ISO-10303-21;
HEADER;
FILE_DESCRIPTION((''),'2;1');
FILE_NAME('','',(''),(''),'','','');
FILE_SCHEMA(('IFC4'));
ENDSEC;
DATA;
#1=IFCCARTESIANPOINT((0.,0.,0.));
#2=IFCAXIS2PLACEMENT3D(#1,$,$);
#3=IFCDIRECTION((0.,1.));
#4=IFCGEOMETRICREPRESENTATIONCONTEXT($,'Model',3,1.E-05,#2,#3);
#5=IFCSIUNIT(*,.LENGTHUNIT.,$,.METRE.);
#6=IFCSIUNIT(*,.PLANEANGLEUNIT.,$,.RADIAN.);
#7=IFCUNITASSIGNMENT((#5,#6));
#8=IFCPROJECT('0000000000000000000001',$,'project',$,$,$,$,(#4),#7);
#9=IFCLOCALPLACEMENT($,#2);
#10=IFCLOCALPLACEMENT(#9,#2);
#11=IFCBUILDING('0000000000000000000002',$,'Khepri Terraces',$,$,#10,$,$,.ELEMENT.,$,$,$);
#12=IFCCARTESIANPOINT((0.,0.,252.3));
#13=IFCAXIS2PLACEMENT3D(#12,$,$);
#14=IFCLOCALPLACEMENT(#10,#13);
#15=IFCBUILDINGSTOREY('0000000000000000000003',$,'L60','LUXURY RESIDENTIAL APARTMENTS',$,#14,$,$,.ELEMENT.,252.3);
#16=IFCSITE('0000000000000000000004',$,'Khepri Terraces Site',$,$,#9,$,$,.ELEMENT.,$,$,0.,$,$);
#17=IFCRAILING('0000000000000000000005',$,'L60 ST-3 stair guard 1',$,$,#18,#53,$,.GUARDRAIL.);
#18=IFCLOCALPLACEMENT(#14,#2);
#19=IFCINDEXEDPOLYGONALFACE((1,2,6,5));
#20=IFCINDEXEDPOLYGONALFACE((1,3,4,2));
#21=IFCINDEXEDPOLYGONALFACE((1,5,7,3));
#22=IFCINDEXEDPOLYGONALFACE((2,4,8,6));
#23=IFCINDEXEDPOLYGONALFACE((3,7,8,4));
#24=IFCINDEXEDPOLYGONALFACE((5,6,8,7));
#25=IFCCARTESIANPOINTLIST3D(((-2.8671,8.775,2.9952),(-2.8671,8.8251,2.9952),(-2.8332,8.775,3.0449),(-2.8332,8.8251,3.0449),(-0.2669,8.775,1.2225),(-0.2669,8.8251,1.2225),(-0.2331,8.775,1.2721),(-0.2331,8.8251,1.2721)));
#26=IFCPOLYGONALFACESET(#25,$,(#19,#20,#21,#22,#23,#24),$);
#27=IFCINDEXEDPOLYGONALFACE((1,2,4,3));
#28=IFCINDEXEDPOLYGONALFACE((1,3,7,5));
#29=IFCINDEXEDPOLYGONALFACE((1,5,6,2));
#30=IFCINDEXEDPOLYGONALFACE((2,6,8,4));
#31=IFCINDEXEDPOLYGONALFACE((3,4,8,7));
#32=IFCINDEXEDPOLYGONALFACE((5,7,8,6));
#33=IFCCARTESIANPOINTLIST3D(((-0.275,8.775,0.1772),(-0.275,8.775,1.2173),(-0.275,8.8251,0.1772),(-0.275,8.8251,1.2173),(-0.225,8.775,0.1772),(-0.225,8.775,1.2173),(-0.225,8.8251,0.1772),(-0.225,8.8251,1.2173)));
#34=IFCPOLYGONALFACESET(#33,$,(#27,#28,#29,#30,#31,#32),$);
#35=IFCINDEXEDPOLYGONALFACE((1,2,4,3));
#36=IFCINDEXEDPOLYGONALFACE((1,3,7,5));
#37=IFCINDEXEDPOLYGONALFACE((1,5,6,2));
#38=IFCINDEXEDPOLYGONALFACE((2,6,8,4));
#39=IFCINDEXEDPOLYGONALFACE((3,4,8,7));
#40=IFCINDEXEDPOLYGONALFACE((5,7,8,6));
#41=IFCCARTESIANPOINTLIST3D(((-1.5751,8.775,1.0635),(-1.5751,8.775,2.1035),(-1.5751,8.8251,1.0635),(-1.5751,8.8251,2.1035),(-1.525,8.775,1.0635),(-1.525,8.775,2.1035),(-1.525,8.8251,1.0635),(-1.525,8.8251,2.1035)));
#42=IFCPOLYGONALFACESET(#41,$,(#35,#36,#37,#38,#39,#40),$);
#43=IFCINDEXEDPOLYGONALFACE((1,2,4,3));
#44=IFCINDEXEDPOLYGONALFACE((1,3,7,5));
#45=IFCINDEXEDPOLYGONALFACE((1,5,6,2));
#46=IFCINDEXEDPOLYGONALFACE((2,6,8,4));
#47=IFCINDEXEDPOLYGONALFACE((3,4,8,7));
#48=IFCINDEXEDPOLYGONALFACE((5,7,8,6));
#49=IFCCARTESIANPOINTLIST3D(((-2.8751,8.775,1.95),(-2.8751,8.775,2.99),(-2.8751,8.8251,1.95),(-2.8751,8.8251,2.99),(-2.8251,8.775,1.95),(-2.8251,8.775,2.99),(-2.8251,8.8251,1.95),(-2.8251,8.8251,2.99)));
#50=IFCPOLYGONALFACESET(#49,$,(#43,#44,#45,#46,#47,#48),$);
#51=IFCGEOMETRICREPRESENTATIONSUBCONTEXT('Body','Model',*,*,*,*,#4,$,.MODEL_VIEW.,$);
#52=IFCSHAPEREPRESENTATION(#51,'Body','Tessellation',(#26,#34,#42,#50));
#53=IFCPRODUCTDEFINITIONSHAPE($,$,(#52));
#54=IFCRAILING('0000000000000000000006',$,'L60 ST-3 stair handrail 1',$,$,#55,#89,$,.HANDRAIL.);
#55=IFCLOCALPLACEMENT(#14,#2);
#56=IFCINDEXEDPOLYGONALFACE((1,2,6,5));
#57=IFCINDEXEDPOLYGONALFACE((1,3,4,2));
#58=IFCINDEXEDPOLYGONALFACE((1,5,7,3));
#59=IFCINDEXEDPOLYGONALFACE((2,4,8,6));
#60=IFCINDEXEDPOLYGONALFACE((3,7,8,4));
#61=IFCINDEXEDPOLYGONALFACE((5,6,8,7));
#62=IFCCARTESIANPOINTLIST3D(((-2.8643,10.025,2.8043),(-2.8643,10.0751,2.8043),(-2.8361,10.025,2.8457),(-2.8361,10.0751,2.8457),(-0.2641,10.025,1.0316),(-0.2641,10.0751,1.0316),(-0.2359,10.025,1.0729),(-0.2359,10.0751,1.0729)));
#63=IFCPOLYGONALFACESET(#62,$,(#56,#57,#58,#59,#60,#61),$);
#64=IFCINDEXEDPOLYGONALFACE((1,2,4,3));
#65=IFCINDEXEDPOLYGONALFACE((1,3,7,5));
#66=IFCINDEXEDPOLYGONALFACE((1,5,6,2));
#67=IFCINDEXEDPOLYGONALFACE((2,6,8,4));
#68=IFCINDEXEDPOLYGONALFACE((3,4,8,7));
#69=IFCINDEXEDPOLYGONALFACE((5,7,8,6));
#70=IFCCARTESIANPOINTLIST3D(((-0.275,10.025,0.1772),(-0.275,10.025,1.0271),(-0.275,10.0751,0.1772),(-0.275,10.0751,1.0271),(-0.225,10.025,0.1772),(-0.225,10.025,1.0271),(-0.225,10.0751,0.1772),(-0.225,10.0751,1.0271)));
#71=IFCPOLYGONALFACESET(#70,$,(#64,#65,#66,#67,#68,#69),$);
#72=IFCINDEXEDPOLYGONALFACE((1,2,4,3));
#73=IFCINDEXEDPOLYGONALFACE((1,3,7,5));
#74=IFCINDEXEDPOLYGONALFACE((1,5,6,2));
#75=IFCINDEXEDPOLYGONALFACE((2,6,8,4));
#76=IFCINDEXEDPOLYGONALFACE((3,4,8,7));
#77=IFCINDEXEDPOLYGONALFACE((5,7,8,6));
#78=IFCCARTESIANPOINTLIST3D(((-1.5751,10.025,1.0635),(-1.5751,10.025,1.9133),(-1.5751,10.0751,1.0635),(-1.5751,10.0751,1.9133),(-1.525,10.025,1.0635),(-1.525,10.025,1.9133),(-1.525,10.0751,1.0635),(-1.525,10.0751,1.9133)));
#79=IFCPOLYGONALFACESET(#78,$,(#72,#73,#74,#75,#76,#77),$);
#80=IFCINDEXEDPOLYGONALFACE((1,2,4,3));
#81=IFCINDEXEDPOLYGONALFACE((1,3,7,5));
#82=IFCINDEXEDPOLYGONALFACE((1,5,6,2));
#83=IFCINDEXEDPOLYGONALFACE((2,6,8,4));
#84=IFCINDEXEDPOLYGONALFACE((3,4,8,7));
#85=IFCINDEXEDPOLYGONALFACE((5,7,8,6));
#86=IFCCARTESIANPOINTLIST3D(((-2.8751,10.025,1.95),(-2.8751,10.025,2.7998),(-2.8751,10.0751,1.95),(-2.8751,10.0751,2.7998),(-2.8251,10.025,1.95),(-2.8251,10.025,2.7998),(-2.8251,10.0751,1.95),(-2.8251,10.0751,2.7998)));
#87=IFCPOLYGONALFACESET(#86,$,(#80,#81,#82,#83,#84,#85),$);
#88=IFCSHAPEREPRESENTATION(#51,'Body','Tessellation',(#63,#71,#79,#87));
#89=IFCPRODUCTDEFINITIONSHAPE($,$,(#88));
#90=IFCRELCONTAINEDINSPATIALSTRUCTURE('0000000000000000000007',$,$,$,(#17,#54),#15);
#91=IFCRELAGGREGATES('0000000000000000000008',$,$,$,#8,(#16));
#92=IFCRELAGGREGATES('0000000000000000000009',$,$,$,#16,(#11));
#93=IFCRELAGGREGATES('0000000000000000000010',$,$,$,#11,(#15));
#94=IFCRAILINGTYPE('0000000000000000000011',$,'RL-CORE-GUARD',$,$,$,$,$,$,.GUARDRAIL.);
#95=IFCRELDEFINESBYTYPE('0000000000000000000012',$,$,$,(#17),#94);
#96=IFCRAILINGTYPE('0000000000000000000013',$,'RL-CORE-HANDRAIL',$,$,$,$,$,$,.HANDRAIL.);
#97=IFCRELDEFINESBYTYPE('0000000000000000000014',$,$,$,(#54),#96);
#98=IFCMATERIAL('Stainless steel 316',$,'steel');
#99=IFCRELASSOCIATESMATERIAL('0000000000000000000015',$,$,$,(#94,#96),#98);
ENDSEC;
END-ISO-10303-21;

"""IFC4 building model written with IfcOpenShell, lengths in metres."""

from ifc_helpers import new_model, si_unit, direction, frame, origin, origin_2d, place, context, subcontext, project, spatial, rectangle, extrude, material, type_object, element, save


model = new_model("IFC4")

# Units and contexts
model_context = context("Model", 3, precision=1e-05, world=origin(), true_north=direction((0.0, 1.0)))
body_context = subcontext(model_context, "Body", "Model", "MODEL_VIEW")
ifc_project = project(units=[si_unit("LENGTHUNIT", "METRE"), si_unit("PLANEANGLEUNIT", "RADIAN")], contexts=[model_context])

# Site, building, storey
site_placement = place(None, origin())
site = spatial("IfcSite", under=ifc_project, at=site_placement, Name="Khepri Terraces Site", CompositionType="ELEMENT", RefElevation=0.0)
building_placement = place(site_placement, origin())
building = spatial("IfcBuilding", under=site, at=building_placement, Name="Khepri Terraces", CompositionType="ELEMENT")
storey_placement = place(building_placement, frame((0.0, 0.0, 252.3)))
storey = spatial("IfcBuildingStorey", under=building, at=storey_placement, Name="L60", Description="LUXURY RESIDENTIAL APARTMENTS", CompositionType="ELEMENT", Elevation=252.3)

# Railings
ifc_material_1 = material(Name="Stainless steel 316", Category="steel")
railing_type_1 = type_object("IfcRailingType", Name="RL-CORE-GUARD", PredefinedType="GUARDRAIL", material=ifc_material_1)
railing_1_placement = place(storey_placement, frame((-0.25, 8.8, 0.1772)))
element("IfcRailing", 1, at=railing_1_placement, inside=storey, type_object=railing_type_1, Name="L60 ST-3 stair guard 1", PredefinedType="GUARDRAIL", context=body_context, shape_type="SweptSolid", body=[
    extrude(rectangle(XDim=0.05, YDim=0.0601, at=origin_2d()), frame((0.0, 0.0, 1.0701), z_axis=(-0.82624, 0.0, 0.563318), x_axis=(0.0, -1.0, 0.0)), (0.0, 0.0, 1.0), 3.147),
    extrude(rectangle(XDim=0.05, YDim=0.05, at=origin_2d()), origin(), (0.0, 0.0, 1.0), 1.04),
    extrude(rectangle(XDim=0.05, YDim=0.05, at=origin_2d()), frame((-1.3, 0.0, 0.8862)), (0.0, 0.0, 1.0), 1.04),
    extrude(rectangle(XDim=0.05, YDim=0.05, at=origin_2d()), frame((-2.6001, 0.0, 1.7727)), (0.0, 0.0, 1.0), 1.04),
])
railing_type_2 = type_object("IfcRailingType", Name="RL-CORE-HANDRAIL", PredefinedType="HANDRAIL", material=ifc_material_1)
railing_2_placement = place(storey_placement, frame((-0.25, 10.05, 0.1772)))
element("IfcRailing", 2, at=railing_2_placement, inside=storey, type_object=railing_type_2, Name="L60 ST-3 stair handrail 1", PredefinedType="HANDRAIL", context=body_context, shape_type="SweptSolid", body=[
    extrude(rectangle(XDim=0.05, YDim=0.05, at=origin_2d()), frame((0.0, 0.0, 0.875), z_axis=(-0.82624, 0.0, 0.563318), x_axis=(0.0, -1.0, 0.0)), (0.0, 0.0, 1.0), 3.147),
    extrude(rectangle(XDim=0.05, YDim=0.05, at=origin_2d()), origin(), (0.0, 0.0, 1.0), 0.8499),
    extrude(rectangle(XDim=0.05, YDim=0.05, at=origin_2d()), frame((-1.3, 0.0, 0.8862)), (0.0, 0.0, 1.0), 0.8499),
    extrude(rectangle(XDim=0.05, YDim=0.05, at=origin_2d()), frame((-2.6001, 0.0, 1.7727)), (0.0, 0.0, 1.0), 0.8499),
])

save(model, "model.ifc")
